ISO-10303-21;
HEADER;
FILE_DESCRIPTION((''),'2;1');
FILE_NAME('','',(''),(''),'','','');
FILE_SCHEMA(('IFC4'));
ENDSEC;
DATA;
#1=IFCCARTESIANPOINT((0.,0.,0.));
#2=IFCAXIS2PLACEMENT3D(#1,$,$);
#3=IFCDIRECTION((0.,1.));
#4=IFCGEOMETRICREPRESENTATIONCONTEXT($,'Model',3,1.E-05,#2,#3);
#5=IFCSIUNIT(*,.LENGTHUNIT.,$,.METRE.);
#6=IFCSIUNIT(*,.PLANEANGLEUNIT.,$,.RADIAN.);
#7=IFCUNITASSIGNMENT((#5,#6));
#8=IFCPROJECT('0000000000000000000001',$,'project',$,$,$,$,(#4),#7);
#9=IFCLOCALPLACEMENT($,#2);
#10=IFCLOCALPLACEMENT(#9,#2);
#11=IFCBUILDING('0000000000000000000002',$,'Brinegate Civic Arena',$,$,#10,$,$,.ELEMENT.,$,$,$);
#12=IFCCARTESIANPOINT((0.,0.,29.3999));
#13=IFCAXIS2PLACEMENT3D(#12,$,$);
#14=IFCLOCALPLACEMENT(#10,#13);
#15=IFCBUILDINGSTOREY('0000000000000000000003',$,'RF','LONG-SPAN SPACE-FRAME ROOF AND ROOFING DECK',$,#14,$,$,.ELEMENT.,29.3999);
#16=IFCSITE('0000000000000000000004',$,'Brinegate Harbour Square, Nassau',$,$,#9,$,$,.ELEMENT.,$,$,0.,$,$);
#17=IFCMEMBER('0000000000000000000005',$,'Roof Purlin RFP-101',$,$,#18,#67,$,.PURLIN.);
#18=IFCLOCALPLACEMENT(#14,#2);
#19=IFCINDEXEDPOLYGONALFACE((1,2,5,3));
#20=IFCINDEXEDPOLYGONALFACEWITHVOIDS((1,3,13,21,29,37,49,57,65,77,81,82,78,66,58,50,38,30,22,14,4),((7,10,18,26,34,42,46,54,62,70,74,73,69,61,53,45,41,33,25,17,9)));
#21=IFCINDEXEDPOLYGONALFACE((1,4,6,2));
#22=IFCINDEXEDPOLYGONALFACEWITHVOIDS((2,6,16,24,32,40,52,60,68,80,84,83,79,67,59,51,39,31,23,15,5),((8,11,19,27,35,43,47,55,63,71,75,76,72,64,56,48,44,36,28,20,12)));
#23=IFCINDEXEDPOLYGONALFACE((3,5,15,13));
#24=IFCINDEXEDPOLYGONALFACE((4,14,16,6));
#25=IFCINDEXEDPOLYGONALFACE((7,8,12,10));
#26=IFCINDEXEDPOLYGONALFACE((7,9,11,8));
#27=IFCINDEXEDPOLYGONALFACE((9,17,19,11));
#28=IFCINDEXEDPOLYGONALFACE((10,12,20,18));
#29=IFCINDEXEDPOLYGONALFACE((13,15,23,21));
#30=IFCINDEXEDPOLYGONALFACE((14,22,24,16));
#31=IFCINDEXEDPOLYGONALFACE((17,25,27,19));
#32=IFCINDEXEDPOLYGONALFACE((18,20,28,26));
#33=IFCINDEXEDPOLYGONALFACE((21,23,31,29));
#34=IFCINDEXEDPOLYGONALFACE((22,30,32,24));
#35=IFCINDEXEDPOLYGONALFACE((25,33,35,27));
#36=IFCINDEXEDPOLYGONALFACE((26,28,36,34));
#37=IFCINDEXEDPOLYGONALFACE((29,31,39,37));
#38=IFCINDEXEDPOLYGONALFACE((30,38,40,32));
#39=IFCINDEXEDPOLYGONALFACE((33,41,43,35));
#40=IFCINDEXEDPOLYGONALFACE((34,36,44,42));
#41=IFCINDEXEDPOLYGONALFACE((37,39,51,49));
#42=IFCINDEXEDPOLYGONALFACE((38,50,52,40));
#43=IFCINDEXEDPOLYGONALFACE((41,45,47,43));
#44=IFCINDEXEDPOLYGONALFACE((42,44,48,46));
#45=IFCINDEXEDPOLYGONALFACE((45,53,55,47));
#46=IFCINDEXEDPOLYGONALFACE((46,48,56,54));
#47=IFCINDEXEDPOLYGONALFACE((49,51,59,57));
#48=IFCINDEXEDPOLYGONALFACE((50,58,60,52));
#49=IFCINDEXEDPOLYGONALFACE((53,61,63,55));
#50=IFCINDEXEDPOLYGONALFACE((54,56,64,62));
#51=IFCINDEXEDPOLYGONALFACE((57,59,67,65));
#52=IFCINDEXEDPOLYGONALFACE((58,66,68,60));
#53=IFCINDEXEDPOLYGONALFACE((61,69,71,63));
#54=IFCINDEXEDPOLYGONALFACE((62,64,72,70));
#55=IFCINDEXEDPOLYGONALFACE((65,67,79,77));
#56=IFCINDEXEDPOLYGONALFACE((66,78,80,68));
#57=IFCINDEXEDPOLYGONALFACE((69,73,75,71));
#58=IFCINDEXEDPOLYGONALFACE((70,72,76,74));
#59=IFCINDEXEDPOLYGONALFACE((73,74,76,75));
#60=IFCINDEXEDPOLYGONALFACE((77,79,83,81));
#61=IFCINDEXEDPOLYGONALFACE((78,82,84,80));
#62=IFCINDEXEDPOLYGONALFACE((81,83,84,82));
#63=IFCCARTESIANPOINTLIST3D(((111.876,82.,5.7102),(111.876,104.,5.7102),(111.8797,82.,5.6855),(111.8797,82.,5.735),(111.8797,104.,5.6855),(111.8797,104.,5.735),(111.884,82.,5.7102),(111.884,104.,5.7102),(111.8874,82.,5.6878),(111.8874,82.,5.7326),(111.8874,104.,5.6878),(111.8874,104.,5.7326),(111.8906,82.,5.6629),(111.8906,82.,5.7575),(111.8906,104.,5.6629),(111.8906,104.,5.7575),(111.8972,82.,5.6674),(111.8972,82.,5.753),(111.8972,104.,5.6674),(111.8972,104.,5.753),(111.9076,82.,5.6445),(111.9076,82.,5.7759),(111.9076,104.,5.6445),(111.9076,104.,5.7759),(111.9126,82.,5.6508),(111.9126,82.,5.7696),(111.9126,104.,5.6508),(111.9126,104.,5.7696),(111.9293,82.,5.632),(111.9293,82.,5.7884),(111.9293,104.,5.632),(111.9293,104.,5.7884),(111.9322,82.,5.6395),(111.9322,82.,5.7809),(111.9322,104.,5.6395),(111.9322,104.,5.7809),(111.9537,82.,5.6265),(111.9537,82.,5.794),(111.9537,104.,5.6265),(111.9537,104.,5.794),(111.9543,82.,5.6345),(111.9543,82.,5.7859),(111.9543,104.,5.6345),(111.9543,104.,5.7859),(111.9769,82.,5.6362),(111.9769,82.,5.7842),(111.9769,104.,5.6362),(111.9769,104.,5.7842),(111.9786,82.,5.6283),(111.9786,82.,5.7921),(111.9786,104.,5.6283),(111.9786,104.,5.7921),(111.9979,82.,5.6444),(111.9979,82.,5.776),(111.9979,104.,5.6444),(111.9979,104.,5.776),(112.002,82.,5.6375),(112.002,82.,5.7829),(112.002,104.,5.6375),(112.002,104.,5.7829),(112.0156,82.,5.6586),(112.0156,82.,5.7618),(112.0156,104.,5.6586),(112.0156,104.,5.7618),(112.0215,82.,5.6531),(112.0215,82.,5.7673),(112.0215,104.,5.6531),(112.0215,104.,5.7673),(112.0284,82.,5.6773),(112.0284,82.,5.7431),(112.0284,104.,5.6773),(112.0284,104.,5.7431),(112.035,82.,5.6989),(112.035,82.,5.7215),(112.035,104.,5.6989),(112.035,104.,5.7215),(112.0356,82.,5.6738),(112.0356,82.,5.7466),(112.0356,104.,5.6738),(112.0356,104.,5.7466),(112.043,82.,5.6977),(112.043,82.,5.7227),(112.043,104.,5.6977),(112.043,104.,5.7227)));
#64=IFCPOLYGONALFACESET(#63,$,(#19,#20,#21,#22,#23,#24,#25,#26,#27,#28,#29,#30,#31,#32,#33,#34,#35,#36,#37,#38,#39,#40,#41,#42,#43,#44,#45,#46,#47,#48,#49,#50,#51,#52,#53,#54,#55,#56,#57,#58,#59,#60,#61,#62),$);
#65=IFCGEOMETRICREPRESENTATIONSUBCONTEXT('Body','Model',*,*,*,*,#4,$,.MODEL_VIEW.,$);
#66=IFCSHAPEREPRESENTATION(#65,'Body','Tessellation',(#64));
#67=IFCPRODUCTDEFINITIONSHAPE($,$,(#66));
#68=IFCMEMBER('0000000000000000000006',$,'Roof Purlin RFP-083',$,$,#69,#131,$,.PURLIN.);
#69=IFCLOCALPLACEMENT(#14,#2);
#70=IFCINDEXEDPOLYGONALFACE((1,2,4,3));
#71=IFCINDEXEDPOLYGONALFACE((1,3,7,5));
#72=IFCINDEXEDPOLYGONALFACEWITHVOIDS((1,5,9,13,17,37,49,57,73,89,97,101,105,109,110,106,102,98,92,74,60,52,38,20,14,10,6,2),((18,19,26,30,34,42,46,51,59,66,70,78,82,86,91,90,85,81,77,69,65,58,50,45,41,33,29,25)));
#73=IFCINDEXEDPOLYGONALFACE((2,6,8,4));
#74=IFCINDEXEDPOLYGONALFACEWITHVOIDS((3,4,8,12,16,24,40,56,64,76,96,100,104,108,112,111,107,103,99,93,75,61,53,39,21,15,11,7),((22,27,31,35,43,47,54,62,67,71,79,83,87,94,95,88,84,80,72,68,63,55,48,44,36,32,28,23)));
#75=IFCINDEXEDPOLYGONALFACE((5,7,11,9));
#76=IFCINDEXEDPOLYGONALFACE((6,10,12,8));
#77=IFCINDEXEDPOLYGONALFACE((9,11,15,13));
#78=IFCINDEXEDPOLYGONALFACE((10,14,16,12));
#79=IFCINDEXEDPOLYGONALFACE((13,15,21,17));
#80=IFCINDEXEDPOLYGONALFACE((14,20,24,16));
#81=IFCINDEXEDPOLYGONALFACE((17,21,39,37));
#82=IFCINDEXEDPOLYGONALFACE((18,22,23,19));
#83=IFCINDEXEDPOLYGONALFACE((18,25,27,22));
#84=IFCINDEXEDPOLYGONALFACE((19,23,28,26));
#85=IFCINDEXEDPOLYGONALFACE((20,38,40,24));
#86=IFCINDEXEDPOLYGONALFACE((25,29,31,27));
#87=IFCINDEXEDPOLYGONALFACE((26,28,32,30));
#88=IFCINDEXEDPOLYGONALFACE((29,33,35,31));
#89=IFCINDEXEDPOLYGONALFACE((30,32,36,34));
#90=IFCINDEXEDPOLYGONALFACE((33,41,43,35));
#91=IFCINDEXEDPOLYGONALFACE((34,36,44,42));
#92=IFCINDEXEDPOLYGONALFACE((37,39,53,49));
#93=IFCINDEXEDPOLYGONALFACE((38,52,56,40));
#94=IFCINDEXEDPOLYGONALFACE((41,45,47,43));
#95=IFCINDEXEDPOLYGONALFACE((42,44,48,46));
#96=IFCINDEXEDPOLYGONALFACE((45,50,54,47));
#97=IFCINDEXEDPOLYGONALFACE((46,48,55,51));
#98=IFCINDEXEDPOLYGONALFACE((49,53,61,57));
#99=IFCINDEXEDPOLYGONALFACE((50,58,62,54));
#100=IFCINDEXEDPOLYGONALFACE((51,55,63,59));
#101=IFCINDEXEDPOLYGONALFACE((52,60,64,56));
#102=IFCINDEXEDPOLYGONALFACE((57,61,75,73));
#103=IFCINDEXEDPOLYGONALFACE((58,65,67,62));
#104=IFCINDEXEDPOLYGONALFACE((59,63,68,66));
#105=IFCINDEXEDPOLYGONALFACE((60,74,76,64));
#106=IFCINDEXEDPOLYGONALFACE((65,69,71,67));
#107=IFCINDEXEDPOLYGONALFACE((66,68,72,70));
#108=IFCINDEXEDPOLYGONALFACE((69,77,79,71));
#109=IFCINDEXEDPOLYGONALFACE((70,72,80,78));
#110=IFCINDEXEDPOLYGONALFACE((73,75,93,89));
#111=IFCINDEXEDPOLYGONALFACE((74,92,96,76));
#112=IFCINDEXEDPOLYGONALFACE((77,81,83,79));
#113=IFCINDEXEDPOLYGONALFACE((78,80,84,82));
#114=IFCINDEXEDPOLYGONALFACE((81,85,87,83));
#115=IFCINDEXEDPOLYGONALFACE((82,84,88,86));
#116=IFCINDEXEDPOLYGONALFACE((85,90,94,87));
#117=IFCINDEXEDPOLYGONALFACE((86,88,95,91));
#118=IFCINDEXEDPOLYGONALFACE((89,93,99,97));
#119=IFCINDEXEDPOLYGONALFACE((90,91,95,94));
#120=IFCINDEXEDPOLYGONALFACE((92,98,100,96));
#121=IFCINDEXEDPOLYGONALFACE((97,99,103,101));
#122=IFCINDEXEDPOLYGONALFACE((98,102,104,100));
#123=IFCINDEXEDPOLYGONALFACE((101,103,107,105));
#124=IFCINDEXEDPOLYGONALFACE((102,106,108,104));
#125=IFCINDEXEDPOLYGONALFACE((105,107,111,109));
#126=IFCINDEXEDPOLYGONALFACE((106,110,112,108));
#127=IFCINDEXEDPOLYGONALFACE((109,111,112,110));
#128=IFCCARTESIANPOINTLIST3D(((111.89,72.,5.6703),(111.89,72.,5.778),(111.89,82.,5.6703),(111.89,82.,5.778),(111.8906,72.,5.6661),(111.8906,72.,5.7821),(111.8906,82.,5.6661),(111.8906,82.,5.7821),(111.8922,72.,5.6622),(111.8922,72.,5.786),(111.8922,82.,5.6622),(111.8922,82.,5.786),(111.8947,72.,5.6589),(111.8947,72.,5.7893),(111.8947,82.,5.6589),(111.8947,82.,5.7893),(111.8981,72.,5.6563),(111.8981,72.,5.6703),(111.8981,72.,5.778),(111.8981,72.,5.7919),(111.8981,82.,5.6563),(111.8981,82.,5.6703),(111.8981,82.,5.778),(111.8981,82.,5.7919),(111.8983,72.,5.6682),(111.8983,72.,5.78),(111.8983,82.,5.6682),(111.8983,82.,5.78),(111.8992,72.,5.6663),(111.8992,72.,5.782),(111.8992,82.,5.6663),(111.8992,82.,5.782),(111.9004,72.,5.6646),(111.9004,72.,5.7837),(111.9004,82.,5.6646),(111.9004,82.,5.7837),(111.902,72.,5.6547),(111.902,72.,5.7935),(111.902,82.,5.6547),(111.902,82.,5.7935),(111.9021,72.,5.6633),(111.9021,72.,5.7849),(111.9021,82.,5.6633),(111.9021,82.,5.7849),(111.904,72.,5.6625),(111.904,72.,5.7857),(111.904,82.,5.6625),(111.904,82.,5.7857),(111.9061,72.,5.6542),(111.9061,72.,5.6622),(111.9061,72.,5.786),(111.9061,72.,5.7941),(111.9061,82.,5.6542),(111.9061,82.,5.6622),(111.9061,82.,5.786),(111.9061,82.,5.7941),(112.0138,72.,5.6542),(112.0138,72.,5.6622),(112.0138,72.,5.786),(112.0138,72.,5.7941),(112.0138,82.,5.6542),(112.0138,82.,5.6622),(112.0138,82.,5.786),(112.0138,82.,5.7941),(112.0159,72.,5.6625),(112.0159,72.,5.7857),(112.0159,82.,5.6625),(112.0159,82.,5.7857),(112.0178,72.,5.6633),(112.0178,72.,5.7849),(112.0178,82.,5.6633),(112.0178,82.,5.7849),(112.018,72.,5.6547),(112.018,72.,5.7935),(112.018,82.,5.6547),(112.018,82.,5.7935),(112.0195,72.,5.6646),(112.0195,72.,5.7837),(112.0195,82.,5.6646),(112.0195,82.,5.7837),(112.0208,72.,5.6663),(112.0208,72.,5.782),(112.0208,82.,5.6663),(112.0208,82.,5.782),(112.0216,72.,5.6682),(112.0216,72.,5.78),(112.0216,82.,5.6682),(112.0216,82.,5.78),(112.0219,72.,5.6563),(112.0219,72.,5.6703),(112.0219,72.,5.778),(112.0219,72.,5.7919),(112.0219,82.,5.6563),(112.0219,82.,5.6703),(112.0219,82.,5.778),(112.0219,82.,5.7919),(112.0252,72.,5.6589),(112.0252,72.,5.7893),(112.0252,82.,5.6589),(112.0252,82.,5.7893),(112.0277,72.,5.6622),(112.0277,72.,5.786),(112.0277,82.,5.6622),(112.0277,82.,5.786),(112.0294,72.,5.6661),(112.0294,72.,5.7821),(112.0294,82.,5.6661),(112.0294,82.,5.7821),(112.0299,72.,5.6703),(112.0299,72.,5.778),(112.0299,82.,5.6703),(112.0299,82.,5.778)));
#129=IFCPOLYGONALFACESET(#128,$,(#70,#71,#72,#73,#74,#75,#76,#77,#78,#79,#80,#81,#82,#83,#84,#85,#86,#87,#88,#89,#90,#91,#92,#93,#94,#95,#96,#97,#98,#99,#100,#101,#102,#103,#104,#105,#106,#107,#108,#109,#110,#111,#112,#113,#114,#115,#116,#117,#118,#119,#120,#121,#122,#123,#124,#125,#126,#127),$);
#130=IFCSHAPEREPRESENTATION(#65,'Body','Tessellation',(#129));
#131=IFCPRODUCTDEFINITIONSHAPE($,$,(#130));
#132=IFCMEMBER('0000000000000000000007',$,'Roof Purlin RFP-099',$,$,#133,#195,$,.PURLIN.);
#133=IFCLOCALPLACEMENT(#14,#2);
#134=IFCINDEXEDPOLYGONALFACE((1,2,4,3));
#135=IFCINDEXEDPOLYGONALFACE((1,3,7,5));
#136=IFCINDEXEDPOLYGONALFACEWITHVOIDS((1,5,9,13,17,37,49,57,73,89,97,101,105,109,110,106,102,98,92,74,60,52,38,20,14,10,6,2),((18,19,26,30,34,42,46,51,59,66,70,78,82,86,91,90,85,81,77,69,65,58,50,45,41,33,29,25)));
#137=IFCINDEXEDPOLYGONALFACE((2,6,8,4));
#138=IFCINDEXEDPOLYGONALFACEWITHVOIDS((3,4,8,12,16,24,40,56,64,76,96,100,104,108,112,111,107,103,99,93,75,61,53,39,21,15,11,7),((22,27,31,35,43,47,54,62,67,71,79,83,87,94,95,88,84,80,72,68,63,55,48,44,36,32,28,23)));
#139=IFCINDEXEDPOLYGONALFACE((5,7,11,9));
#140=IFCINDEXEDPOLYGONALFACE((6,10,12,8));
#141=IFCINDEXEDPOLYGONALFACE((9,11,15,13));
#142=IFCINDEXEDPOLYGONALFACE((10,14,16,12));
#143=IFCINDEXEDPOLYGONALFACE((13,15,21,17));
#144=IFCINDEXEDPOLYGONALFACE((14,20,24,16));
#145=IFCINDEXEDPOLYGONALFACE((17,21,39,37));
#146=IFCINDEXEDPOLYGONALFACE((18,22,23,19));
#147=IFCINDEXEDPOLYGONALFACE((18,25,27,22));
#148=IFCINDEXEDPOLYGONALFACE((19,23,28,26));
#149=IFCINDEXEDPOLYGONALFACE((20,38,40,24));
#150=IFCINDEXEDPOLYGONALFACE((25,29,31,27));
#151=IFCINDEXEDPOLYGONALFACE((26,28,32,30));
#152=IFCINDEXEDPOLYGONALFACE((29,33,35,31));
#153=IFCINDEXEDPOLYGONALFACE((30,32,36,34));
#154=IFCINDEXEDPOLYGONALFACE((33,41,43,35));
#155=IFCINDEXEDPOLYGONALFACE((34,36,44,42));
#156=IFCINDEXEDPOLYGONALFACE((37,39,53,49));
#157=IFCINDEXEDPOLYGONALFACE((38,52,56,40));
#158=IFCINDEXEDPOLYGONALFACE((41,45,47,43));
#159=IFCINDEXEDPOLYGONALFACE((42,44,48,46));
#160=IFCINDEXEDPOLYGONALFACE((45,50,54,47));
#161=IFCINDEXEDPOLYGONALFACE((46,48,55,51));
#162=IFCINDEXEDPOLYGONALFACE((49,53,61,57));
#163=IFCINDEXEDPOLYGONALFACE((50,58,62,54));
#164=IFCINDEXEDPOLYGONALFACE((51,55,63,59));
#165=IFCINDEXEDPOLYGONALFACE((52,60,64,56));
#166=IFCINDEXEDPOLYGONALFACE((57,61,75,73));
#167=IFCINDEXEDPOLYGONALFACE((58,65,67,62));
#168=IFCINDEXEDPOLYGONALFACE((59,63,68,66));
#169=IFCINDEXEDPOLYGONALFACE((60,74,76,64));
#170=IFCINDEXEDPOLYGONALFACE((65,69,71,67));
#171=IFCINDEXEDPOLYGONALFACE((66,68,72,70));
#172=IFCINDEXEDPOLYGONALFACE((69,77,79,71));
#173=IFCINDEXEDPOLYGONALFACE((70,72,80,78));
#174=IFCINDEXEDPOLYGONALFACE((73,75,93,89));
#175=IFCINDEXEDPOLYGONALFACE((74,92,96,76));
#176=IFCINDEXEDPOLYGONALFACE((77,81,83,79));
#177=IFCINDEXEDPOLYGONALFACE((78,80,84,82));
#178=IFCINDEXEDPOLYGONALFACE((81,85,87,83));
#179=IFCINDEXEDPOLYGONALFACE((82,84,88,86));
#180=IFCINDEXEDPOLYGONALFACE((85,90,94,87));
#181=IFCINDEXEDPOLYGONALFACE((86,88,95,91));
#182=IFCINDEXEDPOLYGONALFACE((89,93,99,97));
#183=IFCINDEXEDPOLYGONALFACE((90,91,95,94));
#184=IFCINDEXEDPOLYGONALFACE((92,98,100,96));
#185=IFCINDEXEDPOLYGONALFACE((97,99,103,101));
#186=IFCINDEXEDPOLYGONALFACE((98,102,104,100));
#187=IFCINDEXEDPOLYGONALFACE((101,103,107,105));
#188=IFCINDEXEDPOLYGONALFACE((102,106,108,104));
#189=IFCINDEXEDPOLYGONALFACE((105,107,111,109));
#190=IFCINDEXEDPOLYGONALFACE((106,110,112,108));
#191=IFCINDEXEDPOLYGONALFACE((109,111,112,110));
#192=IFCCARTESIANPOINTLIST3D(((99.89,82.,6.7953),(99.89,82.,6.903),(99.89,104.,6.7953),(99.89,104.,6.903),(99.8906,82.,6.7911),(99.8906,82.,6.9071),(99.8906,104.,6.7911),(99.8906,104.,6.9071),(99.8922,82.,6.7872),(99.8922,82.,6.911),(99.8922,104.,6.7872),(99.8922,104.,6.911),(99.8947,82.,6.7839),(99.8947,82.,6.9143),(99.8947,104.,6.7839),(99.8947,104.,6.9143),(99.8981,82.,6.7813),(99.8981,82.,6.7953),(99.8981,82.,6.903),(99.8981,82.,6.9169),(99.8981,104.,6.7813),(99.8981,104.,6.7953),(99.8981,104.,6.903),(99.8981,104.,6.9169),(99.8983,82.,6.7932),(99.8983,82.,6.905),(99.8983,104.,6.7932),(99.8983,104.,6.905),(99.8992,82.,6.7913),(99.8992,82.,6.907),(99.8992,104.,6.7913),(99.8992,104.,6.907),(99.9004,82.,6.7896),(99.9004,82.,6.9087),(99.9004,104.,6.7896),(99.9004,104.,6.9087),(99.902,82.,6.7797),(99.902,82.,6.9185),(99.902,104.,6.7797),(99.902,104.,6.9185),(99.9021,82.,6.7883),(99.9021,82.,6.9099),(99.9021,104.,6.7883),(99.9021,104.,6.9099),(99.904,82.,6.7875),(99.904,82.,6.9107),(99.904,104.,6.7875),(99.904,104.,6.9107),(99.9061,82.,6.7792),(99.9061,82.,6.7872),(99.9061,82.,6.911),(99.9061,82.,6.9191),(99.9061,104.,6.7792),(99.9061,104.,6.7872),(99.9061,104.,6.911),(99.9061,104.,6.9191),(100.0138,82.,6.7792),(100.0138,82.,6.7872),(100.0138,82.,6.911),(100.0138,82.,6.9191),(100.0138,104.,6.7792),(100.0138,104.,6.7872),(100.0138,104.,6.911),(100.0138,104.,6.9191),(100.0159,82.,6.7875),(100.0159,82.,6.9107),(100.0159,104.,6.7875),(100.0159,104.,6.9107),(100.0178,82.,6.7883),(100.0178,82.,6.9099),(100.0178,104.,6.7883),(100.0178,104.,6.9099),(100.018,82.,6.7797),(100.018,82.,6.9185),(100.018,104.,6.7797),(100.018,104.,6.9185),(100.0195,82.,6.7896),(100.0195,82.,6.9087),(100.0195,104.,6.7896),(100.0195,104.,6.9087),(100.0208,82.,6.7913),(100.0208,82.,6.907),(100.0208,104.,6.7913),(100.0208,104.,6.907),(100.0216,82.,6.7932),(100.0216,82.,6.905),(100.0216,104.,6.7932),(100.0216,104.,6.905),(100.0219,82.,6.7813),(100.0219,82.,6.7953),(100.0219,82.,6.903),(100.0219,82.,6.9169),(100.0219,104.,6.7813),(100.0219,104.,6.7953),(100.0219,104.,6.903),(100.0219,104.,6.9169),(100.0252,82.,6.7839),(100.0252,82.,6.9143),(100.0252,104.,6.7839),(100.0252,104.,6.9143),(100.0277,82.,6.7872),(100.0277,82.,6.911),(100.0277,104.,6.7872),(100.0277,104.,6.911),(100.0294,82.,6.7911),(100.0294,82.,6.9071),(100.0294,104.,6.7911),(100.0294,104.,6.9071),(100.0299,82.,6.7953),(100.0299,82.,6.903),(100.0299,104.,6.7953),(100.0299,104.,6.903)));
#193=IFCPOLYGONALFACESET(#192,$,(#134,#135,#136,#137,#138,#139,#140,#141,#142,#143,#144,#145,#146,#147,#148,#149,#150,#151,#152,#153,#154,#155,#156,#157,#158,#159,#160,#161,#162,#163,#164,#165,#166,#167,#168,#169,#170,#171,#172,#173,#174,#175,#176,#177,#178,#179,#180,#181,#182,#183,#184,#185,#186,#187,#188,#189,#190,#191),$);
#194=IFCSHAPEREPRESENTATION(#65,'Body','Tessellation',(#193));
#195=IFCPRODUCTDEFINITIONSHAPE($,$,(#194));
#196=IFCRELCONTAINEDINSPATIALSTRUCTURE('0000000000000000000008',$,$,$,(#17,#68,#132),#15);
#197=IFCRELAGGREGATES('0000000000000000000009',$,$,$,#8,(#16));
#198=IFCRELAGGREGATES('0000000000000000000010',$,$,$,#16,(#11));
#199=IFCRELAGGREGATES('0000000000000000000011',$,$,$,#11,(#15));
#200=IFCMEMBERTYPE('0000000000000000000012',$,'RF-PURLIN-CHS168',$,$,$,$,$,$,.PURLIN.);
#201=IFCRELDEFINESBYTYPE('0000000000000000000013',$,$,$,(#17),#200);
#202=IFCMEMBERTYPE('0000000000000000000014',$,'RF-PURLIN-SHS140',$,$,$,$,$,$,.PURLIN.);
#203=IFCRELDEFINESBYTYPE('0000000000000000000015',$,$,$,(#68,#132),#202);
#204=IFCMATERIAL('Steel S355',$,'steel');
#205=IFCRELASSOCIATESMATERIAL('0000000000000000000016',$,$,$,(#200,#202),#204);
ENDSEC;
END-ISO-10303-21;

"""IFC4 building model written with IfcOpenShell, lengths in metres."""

from ifc_helpers import new_model, si_unit, direction, frame, origin, origin_2d, place, context, subcontext, project, spatial, hollow_rectangle, hollow_circle, extrude, material, material_profile, profile_set, type_object, element, save


model = new_model("IFC4")

# Units and contexts
model_context = context("Model", 3, precision=1e-05, world=origin(), true_north=direction((0.0, 1.0)))
body_context = subcontext(model_context, "Body", "Model", "MODEL_VIEW")
ifc_project = project(units=[si_unit("LENGTHUNIT", "METRE"), si_unit("PLANEANGLEUNIT", "RADIAN")], contexts=[model_context])

# Site, building, storey
site_placement = place(None, origin())
site = spatial("IfcSite", under=ifc_project, at=site_placement, Name="Brinegate Harbour Square, Nassau", CompositionType="ELEMENT", RefElevation=0.0)
building_placement = place(site_placement, origin())
building = spatial("IfcBuilding", under=site, at=building_placement, Name="Brinegate Civic Arena", CompositionType="ELEMENT")
storey_placement = place(building_placement, frame((0.0, 0.0, 29.3999)))
storey = spatial("IfcBuildingStorey", under=building, at=storey_placement, Name="RF", Description="LONG-SPAN SPACE-FRAME ROOF AND ROOFING DECK", CompositionType="ELEMENT", Elevation=29.3999)

# Members
ifc_material = material(Name="Steel S355", Category="steel")
ifc_material_profile_1 = material_profile(ifc_material, hollow_circle(Radius=0.084, WallThickness=0.0081, at=origin_2d()), Name="CHS168X8")
ifc_profile_set_1 = profile_set([ifc_material_profile_1], Name="Steel S355")
member_type_1 = type_object("IfcMemberType", Name="RF-PURLIN-CHS168", PredefinedType="PURLIN", material=ifc_profile_set_1)
member_1_placement = place(storey_placement, frame((111.96, 82.0, 5.7102), z_axis=(0.0, 1.0, 0.0), x_axis=(-1.0, 0.0, 0.0)))
element("IfcMember", 1, at=member_1_placement, inside=storey, type_object=member_type_1, Name="Roof Purlin RFP-101", PredefinedType="PURLIN", context=body_context, shape_type="SweptSolid", body=[
    extrude(hollow_circle(Radius=0.084, WallThickness=0.0081, at=origin_2d()), origin(), (0.0, 0.0, 1.0), 22.0),
])
ifc_material_profile_2 = material_profile(ifc_material, hollow_rectangle(XDim=0.1399, YDim=0.1399, WallThickness=0.0081, InnerFilletRadius=0.0081, OuterFilletRadius=0.0161, at=origin_2d()), Name="SHS140X8")
ifc_profile_set_2 = profile_set([ifc_material_profile_2], Name="Steel S355")
member_type_2 = type_object("IfcMemberType", Name="RF-PURLIN-SHS140", PredefinedType="PURLIN", material=ifc_profile_set_2)
member_2_placement = place(storey_placement, frame((111.96, 72.0, 5.7241), z_axis=(0.0, 1.0, 0.0), x_axis=(-1.0, 0.0, 0.0)))
element("IfcMember", 2, at=member_2_placement, inside=storey, type_object=member_type_2, Name="Roof Purlin RFP-083", PredefinedType="PURLIN", context=body_context, shape_type="SweptSolid", body=[
    extrude(hollow_rectangle(XDim=0.1399, YDim=0.1399, WallThickness=0.0081, InnerFilletRadius=0.0081, OuterFilletRadius=0.0161, at=origin_2d()), origin(), (0.0, 0.0, 1.0), 10.0),
])
for number, where, z_axis, x_axis, name in (
    (3, (99.96, 82.0, 6.8491), (0.0, 1.0, 0.0), (-1.0, 0.0, 0.0), "Roof Purlin RFP-099"),
):
    element("IfcMember", number, at=place(storey_placement, frame(where, z_axis=z_axis, x_axis=x_axis)), inside=storey, type_object=member_type_2, Name=name, PredefinedType="PURLIN", context=body_context, shape_type="SweptSolid", body=[
        extrude(hollow_rectangle(XDim=0.1399, YDim=0.1399, WallThickness=0.0081, InnerFilletRadius=0.0081, OuterFilletRadius=0.0161, at=origin_2d()), origin(), (0.0, 0.0, 1.0), 22.0),
    ])

save(model, "model.ifc")
